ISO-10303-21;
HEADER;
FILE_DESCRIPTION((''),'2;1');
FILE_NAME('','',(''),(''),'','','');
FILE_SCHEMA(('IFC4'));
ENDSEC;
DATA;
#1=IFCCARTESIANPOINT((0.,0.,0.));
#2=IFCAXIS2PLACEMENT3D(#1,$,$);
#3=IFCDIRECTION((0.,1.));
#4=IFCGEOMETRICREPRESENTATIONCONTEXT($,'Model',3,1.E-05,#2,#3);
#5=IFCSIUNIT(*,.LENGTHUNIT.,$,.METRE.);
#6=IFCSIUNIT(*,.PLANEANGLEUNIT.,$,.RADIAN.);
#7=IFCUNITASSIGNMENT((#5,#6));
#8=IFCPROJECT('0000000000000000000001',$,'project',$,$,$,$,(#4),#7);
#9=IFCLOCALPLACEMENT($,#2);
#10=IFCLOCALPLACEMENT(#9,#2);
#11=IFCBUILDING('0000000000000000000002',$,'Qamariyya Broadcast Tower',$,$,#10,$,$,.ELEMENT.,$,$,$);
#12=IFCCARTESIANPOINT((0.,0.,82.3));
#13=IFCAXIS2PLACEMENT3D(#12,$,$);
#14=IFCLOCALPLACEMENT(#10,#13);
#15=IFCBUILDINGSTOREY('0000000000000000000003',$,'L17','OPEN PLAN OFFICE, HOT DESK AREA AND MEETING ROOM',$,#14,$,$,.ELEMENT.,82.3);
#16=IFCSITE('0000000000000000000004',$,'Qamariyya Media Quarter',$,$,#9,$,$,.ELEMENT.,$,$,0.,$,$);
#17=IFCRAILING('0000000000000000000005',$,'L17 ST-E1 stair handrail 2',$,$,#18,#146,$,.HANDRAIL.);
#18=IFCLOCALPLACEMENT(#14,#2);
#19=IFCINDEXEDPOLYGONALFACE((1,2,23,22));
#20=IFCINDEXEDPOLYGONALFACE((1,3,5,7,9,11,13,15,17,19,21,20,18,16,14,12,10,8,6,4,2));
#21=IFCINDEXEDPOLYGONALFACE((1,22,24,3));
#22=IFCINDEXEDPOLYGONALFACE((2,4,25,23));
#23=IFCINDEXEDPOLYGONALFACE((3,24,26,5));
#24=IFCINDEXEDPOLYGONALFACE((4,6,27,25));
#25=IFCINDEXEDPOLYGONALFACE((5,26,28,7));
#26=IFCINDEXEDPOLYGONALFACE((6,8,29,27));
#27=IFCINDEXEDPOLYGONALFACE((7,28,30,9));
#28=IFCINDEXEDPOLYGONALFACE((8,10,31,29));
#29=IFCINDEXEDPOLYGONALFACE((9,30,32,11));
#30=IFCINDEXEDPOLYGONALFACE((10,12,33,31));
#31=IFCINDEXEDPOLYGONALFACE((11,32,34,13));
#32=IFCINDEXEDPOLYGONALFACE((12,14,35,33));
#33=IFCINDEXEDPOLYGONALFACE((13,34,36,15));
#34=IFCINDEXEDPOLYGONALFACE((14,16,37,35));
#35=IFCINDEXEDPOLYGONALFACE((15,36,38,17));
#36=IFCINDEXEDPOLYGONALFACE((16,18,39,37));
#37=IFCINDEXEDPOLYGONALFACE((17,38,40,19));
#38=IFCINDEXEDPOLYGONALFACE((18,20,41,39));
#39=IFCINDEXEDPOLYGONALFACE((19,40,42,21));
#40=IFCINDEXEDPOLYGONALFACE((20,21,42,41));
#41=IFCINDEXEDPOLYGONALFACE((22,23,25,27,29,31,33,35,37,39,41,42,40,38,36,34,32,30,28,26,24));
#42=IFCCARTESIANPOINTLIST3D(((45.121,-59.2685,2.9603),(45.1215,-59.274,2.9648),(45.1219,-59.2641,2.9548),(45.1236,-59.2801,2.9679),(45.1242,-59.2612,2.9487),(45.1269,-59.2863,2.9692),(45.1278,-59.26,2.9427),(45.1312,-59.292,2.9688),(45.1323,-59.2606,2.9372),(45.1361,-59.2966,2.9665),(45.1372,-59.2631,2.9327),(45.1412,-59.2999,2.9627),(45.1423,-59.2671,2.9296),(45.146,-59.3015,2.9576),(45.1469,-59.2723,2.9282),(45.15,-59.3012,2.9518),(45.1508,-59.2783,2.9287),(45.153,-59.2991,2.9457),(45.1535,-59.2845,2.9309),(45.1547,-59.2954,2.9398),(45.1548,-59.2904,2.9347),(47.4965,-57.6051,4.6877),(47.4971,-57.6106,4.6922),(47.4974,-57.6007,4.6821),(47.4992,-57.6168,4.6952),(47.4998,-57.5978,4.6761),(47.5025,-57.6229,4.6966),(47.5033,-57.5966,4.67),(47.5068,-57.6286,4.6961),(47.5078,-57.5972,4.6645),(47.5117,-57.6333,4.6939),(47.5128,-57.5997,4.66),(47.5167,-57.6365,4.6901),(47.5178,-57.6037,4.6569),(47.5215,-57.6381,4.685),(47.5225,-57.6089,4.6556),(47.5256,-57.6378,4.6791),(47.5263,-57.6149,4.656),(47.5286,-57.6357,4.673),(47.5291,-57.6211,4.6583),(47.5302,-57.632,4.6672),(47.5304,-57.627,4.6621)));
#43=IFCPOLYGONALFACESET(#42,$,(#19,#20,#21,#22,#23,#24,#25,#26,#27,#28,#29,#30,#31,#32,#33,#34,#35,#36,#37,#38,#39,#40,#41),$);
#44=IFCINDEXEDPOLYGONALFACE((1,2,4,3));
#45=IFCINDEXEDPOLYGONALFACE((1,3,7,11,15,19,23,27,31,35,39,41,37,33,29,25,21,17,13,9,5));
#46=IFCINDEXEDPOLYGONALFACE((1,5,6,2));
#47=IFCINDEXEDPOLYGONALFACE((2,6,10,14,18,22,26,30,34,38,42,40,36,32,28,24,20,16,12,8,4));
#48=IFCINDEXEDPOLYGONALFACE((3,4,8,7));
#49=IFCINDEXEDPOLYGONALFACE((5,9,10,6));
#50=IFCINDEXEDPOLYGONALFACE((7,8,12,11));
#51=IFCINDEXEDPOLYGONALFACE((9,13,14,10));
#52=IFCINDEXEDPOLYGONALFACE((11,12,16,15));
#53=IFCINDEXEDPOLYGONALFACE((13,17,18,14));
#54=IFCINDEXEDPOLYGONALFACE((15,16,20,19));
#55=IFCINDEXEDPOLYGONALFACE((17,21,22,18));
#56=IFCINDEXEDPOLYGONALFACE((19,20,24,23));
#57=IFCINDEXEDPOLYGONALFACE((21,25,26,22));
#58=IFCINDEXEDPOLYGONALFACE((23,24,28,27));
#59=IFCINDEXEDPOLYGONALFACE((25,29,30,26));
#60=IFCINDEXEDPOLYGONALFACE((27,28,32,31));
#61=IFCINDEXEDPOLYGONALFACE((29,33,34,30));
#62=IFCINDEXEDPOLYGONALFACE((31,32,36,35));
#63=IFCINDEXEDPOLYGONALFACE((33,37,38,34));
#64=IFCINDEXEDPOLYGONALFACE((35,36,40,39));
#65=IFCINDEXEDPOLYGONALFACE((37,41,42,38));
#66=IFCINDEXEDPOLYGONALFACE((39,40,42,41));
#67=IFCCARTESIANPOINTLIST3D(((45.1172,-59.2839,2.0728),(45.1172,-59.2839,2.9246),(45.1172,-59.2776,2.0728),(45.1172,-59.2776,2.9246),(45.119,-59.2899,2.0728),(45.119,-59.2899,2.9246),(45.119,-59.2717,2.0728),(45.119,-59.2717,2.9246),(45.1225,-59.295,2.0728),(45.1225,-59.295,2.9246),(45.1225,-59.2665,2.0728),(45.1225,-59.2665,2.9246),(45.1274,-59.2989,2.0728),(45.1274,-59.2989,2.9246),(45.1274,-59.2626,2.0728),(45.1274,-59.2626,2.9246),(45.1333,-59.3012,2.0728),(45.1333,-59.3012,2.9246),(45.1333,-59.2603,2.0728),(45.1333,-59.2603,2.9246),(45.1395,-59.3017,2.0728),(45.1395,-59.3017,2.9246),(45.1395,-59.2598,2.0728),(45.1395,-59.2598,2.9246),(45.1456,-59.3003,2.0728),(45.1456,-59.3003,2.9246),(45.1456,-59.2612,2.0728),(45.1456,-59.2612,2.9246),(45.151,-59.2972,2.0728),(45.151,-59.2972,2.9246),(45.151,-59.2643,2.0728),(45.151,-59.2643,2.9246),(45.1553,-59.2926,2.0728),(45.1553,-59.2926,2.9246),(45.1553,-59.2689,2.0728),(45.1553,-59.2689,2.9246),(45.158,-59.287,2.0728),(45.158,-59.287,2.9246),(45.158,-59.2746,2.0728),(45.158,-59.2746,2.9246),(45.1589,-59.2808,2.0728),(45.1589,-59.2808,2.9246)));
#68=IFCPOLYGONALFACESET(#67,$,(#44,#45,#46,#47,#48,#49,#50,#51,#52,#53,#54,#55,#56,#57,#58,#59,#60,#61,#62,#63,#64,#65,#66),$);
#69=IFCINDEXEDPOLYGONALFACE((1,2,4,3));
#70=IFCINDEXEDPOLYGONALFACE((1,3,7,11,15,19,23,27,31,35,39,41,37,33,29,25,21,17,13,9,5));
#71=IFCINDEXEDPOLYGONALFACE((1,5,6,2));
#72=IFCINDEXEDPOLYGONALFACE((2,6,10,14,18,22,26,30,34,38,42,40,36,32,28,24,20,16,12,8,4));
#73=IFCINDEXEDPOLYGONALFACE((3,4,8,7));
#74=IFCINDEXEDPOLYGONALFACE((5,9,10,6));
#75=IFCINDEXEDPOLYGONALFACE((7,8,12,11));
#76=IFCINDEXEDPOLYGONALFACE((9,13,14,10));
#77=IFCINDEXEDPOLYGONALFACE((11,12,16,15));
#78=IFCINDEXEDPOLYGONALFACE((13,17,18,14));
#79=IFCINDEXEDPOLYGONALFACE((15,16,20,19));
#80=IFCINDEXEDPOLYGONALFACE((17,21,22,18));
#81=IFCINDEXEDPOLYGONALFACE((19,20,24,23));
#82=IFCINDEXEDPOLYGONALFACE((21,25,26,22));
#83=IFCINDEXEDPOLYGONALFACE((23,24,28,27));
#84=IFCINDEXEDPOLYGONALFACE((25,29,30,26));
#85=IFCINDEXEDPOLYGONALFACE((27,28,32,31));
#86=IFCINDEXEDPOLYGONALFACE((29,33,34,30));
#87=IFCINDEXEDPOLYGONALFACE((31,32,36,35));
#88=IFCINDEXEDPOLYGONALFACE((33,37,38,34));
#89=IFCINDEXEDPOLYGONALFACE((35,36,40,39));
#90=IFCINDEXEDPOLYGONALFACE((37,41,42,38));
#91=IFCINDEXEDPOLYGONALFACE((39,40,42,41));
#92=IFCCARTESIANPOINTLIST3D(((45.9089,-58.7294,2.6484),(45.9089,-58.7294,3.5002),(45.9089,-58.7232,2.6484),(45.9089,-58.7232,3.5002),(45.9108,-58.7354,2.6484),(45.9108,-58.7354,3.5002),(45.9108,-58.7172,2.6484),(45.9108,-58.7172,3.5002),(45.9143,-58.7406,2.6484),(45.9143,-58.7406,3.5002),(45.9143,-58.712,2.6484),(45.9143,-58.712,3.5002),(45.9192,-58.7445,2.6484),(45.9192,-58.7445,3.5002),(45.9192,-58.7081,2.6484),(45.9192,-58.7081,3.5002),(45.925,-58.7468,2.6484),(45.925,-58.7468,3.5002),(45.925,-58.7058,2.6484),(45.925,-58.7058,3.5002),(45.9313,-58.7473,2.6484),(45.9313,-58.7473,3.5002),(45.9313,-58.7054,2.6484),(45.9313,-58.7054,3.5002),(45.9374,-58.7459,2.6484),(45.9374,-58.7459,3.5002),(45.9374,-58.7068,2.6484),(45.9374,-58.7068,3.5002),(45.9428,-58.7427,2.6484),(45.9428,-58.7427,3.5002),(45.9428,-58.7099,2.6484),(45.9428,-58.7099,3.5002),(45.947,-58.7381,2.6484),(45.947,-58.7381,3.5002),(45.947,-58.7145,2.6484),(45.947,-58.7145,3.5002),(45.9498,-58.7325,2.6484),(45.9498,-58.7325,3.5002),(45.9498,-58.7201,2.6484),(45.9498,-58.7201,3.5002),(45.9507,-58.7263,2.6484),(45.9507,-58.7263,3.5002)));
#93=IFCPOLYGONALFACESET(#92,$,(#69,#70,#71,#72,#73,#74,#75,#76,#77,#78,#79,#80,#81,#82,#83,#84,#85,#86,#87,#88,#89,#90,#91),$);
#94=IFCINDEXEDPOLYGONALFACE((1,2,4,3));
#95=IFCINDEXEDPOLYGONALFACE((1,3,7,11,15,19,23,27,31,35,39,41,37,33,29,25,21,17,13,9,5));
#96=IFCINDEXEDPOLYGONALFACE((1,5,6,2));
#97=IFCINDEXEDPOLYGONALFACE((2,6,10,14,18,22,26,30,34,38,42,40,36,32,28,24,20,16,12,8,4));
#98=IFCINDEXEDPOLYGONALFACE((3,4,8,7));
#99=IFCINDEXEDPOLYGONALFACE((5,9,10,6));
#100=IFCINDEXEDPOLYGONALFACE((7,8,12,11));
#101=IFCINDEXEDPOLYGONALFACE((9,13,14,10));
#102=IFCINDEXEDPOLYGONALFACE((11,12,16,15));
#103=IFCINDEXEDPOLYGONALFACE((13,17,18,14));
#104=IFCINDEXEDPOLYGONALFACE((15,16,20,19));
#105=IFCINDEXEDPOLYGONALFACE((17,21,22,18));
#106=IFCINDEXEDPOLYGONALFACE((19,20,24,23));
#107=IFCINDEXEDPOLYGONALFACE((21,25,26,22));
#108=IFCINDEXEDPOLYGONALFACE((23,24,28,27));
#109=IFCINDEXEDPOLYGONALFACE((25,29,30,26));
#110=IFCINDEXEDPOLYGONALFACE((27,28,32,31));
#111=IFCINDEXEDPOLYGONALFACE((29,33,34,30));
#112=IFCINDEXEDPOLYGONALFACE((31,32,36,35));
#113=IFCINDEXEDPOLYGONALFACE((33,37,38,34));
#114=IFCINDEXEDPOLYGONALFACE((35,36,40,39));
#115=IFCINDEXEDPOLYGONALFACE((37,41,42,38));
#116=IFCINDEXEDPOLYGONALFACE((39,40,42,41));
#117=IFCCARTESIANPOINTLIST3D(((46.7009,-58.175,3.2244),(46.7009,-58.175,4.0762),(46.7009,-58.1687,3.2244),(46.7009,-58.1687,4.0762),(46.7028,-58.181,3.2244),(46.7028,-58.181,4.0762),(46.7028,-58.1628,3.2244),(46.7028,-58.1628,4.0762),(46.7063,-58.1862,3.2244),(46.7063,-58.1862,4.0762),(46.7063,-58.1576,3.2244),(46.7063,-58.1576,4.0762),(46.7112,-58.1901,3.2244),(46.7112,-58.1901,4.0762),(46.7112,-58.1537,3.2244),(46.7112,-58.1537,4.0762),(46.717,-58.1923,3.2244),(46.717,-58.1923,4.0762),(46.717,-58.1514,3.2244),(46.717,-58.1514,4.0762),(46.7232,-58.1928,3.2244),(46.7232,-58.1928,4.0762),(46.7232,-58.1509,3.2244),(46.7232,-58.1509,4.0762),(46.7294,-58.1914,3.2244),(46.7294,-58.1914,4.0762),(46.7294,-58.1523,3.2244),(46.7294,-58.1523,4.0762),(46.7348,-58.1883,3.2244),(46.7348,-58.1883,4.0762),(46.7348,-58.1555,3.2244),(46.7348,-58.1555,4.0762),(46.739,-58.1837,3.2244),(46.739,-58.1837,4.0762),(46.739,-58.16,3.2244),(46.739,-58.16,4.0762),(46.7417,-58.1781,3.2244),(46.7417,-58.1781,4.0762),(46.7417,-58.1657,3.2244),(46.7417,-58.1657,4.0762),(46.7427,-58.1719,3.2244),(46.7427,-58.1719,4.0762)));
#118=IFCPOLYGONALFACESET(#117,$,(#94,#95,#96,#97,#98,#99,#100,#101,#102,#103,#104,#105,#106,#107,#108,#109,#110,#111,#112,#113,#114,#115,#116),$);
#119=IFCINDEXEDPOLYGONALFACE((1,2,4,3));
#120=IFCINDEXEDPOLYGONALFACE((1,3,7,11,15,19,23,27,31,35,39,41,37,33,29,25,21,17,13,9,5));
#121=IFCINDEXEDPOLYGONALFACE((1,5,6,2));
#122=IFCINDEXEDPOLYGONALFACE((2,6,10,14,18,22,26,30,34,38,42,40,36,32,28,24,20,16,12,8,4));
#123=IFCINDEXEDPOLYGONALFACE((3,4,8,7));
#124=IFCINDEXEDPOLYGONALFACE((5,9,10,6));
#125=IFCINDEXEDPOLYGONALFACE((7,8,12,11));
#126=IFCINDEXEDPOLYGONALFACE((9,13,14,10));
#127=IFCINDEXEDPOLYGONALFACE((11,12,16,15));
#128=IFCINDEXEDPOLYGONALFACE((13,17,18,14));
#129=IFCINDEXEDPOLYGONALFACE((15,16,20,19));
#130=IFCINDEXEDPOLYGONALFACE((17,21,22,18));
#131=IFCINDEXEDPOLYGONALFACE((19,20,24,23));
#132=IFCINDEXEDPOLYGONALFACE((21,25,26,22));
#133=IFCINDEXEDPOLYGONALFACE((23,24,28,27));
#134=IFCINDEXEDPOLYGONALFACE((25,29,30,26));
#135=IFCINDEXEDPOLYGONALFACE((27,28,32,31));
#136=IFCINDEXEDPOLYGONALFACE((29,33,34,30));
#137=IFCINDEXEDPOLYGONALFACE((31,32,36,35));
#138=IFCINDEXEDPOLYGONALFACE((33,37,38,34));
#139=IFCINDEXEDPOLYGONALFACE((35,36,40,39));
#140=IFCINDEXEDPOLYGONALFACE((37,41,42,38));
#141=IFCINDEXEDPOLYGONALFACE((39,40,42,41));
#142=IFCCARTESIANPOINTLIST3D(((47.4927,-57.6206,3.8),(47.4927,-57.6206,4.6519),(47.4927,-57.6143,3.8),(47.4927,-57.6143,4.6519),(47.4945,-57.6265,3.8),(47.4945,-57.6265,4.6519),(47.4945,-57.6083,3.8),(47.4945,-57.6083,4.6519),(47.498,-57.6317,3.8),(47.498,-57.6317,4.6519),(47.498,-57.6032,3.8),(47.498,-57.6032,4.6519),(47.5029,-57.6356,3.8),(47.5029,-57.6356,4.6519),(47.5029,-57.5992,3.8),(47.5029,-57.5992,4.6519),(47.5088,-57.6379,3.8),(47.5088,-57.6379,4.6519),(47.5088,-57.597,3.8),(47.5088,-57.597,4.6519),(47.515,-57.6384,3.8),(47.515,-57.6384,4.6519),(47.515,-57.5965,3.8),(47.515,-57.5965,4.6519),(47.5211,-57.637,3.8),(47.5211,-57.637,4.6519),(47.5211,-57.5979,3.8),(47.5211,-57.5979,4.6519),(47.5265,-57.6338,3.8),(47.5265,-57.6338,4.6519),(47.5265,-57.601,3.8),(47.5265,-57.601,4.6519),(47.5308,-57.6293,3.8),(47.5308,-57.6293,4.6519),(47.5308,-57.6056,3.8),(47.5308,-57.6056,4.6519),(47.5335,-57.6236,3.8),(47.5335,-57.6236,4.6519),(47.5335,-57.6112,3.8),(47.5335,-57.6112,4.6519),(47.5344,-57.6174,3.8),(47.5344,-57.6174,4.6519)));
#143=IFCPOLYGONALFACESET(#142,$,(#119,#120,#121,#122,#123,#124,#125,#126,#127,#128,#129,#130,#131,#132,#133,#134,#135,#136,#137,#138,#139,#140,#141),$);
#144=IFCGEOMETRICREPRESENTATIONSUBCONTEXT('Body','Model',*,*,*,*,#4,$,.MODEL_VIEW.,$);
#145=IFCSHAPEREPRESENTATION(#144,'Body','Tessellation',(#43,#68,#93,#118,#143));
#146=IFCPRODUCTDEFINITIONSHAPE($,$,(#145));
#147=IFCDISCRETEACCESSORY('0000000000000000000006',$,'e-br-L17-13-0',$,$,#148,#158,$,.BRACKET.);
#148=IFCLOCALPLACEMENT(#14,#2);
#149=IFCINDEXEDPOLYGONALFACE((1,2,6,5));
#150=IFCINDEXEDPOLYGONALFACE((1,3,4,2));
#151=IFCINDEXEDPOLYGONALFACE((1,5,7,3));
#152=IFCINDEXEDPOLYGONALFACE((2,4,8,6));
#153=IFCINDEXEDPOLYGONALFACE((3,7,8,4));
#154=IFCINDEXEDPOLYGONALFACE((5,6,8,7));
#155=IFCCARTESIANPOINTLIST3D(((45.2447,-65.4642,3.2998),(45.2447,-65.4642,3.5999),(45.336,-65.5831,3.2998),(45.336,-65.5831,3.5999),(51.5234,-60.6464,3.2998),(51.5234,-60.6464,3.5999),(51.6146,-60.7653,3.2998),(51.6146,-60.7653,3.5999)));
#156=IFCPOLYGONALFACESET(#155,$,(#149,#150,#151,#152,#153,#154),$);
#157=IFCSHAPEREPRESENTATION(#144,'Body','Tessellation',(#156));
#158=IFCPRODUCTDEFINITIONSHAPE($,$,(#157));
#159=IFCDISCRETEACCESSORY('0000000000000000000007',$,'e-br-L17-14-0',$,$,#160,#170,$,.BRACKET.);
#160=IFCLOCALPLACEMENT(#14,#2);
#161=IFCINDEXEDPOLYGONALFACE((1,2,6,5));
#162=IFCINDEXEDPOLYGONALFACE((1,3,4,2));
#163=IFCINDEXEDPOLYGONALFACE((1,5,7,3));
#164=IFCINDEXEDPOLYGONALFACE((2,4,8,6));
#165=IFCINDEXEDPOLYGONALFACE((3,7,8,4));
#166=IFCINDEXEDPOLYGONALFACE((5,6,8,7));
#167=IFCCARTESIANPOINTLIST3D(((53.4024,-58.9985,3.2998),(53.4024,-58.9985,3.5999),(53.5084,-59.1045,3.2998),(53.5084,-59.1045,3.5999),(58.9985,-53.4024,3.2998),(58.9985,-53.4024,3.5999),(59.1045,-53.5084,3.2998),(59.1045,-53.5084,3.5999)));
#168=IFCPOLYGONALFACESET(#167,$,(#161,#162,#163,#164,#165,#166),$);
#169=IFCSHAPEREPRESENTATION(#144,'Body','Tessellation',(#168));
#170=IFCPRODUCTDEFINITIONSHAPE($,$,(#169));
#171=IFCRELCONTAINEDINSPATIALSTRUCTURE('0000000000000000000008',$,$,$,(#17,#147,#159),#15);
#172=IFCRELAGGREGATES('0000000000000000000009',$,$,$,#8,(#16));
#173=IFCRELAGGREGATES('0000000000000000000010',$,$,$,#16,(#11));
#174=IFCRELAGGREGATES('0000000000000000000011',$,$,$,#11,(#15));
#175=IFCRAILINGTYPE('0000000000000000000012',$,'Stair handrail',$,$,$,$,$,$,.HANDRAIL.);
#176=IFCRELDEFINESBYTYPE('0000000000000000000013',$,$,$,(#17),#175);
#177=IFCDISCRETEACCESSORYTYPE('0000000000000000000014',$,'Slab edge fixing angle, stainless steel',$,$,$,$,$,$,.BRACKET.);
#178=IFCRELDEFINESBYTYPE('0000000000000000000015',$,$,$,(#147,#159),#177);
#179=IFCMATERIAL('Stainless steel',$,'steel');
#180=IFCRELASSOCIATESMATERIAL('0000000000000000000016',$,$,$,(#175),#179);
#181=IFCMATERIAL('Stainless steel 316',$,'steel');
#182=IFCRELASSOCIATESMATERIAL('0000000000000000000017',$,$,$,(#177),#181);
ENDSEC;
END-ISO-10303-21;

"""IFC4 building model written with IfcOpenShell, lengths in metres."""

from ifc_helpers import new_model, si_unit, direction, frame, origin, origin_2d, place, context, subcontext, project, spatial, rectangle, circle, extrude, material, type_object, element, save


model = new_model("IFC4")

# Units and contexts
model_context = context("Model", 3, precision=1e-05, world=origin(), true_north=direction((0.0, 1.0)))
body_context = subcontext(model_context, "Body", "Model", "MODEL_VIEW")
ifc_project = project(units=[si_unit("LENGTHUNIT", "METRE"), si_unit("PLANEANGLEUNIT", "RADIAN")], contexts=[model_context])

# Site, building, storey
site_placement = place(None, origin())
site = spatial("IfcSite", under=ifc_project, at=site_placement, Name="Qamariyya Media Quarter", CompositionType="ELEMENT", RefElevation=0.0)
building_placement = place(site_placement, origin())
building = spatial("IfcBuilding", under=site, at=building_placement, Name="Qamariyya Broadcast Tower", CompositionType="ELEMENT")
storey_placement = place(building_placement, frame((0.0, 0.0, 82.3)))
storey = spatial("IfcBuildingStorey", under=building, at=storey_placement, Name="L17", Description="OPEN PLAN OFFICE, HOT DESK AREA AND MEETING ROOM", CompositionType="ELEMENT", Elevation=82.3)

# Railing
ifc_material_1 = material(Name="Stainless steel", Category="steel")
railing_type_1 = type_object("IfcRailingType", Name="Stair handrail", PredefinedType="HANDRAIL", material=ifc_material_1)
railing_1_placement = place(storey_placement, frame((45.1379, -59.2808, 2.0728)))
element("IfcRailing", 1, at=railing_1_placement, inside=storey, type_object=railing_type_1, Name="L17 ST-E1 stair handrail 2", PredefinedType="HANDRAIL", context=body_context, shape_type="SweptSolid", body=[
    extrude(circle(Radius=0.0239, at=origin_2d()), frame((0.0, 0.0, 0.876), z_axis=(0.70377, 0.492784, 0.511734), x_axis=(-0.573575, 0.819153, 0.0)), (0.0, 0.0, 1.0), 3.3755),
    extrude(circle(Radius=0.021, at=origin_2d()), origin(), (0.0, 0.0, 1.0), 0.8518),
    extrude(circle(Radius=0.021, at=origin_2d()), frame((0.7917, 0.5544, 0.5757)), (0.0, 0.0, 1.0), 0.8518),
    extrude(circle(Radius=0.021, at=origin_2d()), frame((1.5837, 1.1089, 1.1516)), (0.0, 0.0, 1.0), 0.8518),
    extrude(circle(Radius=0.021, at=origin_2d()), frame((2.3755, 1.6633, 1.7273)), (0.0, 0.0, 1.0), 0.8518),
])

# Discrete accessories
ifc_material_2 = material(Name="Stainless steel 316", Category="steel")
discrete_accessory_type = type_object("IfcDiscreteAccessoryType", Name="Slab edge fixing angle, stainless steel", PredefinedType="BRACKET", material=ifc_material_2)
for number, where, z_axis, x_axis, name in (
    (2, (48.4297, -63.1147, 3.2998), (0.0, 0.0, 1.0), (0.793353, 0.608761, 0.0), "e-br-L17-13-0"),
    (3, (56.2534, -56.2534, 3.2998), (0.0, 0.0, 1.0), (0.707107, 0.707107, 0.0), "e-br-L17-14-0"),
):
    element("IfcDiscreteAccessory", number, at=place(storey_placement, frame(where, z_axis=z_axis, x_axis=x_axis)), inside=storey, type_object=discrete_accessory_type, Name=name, PredefinedType="BRACKET", context=body_context, shape_type="SweptSolid", body=[
        extrude(rectangle(XDim=7.9141, YDim=0.1499, at=origin_2d()), origin(), (0.0, 0.0, 1.0), 0.3),
    ])

save(model, "model.ifc")
